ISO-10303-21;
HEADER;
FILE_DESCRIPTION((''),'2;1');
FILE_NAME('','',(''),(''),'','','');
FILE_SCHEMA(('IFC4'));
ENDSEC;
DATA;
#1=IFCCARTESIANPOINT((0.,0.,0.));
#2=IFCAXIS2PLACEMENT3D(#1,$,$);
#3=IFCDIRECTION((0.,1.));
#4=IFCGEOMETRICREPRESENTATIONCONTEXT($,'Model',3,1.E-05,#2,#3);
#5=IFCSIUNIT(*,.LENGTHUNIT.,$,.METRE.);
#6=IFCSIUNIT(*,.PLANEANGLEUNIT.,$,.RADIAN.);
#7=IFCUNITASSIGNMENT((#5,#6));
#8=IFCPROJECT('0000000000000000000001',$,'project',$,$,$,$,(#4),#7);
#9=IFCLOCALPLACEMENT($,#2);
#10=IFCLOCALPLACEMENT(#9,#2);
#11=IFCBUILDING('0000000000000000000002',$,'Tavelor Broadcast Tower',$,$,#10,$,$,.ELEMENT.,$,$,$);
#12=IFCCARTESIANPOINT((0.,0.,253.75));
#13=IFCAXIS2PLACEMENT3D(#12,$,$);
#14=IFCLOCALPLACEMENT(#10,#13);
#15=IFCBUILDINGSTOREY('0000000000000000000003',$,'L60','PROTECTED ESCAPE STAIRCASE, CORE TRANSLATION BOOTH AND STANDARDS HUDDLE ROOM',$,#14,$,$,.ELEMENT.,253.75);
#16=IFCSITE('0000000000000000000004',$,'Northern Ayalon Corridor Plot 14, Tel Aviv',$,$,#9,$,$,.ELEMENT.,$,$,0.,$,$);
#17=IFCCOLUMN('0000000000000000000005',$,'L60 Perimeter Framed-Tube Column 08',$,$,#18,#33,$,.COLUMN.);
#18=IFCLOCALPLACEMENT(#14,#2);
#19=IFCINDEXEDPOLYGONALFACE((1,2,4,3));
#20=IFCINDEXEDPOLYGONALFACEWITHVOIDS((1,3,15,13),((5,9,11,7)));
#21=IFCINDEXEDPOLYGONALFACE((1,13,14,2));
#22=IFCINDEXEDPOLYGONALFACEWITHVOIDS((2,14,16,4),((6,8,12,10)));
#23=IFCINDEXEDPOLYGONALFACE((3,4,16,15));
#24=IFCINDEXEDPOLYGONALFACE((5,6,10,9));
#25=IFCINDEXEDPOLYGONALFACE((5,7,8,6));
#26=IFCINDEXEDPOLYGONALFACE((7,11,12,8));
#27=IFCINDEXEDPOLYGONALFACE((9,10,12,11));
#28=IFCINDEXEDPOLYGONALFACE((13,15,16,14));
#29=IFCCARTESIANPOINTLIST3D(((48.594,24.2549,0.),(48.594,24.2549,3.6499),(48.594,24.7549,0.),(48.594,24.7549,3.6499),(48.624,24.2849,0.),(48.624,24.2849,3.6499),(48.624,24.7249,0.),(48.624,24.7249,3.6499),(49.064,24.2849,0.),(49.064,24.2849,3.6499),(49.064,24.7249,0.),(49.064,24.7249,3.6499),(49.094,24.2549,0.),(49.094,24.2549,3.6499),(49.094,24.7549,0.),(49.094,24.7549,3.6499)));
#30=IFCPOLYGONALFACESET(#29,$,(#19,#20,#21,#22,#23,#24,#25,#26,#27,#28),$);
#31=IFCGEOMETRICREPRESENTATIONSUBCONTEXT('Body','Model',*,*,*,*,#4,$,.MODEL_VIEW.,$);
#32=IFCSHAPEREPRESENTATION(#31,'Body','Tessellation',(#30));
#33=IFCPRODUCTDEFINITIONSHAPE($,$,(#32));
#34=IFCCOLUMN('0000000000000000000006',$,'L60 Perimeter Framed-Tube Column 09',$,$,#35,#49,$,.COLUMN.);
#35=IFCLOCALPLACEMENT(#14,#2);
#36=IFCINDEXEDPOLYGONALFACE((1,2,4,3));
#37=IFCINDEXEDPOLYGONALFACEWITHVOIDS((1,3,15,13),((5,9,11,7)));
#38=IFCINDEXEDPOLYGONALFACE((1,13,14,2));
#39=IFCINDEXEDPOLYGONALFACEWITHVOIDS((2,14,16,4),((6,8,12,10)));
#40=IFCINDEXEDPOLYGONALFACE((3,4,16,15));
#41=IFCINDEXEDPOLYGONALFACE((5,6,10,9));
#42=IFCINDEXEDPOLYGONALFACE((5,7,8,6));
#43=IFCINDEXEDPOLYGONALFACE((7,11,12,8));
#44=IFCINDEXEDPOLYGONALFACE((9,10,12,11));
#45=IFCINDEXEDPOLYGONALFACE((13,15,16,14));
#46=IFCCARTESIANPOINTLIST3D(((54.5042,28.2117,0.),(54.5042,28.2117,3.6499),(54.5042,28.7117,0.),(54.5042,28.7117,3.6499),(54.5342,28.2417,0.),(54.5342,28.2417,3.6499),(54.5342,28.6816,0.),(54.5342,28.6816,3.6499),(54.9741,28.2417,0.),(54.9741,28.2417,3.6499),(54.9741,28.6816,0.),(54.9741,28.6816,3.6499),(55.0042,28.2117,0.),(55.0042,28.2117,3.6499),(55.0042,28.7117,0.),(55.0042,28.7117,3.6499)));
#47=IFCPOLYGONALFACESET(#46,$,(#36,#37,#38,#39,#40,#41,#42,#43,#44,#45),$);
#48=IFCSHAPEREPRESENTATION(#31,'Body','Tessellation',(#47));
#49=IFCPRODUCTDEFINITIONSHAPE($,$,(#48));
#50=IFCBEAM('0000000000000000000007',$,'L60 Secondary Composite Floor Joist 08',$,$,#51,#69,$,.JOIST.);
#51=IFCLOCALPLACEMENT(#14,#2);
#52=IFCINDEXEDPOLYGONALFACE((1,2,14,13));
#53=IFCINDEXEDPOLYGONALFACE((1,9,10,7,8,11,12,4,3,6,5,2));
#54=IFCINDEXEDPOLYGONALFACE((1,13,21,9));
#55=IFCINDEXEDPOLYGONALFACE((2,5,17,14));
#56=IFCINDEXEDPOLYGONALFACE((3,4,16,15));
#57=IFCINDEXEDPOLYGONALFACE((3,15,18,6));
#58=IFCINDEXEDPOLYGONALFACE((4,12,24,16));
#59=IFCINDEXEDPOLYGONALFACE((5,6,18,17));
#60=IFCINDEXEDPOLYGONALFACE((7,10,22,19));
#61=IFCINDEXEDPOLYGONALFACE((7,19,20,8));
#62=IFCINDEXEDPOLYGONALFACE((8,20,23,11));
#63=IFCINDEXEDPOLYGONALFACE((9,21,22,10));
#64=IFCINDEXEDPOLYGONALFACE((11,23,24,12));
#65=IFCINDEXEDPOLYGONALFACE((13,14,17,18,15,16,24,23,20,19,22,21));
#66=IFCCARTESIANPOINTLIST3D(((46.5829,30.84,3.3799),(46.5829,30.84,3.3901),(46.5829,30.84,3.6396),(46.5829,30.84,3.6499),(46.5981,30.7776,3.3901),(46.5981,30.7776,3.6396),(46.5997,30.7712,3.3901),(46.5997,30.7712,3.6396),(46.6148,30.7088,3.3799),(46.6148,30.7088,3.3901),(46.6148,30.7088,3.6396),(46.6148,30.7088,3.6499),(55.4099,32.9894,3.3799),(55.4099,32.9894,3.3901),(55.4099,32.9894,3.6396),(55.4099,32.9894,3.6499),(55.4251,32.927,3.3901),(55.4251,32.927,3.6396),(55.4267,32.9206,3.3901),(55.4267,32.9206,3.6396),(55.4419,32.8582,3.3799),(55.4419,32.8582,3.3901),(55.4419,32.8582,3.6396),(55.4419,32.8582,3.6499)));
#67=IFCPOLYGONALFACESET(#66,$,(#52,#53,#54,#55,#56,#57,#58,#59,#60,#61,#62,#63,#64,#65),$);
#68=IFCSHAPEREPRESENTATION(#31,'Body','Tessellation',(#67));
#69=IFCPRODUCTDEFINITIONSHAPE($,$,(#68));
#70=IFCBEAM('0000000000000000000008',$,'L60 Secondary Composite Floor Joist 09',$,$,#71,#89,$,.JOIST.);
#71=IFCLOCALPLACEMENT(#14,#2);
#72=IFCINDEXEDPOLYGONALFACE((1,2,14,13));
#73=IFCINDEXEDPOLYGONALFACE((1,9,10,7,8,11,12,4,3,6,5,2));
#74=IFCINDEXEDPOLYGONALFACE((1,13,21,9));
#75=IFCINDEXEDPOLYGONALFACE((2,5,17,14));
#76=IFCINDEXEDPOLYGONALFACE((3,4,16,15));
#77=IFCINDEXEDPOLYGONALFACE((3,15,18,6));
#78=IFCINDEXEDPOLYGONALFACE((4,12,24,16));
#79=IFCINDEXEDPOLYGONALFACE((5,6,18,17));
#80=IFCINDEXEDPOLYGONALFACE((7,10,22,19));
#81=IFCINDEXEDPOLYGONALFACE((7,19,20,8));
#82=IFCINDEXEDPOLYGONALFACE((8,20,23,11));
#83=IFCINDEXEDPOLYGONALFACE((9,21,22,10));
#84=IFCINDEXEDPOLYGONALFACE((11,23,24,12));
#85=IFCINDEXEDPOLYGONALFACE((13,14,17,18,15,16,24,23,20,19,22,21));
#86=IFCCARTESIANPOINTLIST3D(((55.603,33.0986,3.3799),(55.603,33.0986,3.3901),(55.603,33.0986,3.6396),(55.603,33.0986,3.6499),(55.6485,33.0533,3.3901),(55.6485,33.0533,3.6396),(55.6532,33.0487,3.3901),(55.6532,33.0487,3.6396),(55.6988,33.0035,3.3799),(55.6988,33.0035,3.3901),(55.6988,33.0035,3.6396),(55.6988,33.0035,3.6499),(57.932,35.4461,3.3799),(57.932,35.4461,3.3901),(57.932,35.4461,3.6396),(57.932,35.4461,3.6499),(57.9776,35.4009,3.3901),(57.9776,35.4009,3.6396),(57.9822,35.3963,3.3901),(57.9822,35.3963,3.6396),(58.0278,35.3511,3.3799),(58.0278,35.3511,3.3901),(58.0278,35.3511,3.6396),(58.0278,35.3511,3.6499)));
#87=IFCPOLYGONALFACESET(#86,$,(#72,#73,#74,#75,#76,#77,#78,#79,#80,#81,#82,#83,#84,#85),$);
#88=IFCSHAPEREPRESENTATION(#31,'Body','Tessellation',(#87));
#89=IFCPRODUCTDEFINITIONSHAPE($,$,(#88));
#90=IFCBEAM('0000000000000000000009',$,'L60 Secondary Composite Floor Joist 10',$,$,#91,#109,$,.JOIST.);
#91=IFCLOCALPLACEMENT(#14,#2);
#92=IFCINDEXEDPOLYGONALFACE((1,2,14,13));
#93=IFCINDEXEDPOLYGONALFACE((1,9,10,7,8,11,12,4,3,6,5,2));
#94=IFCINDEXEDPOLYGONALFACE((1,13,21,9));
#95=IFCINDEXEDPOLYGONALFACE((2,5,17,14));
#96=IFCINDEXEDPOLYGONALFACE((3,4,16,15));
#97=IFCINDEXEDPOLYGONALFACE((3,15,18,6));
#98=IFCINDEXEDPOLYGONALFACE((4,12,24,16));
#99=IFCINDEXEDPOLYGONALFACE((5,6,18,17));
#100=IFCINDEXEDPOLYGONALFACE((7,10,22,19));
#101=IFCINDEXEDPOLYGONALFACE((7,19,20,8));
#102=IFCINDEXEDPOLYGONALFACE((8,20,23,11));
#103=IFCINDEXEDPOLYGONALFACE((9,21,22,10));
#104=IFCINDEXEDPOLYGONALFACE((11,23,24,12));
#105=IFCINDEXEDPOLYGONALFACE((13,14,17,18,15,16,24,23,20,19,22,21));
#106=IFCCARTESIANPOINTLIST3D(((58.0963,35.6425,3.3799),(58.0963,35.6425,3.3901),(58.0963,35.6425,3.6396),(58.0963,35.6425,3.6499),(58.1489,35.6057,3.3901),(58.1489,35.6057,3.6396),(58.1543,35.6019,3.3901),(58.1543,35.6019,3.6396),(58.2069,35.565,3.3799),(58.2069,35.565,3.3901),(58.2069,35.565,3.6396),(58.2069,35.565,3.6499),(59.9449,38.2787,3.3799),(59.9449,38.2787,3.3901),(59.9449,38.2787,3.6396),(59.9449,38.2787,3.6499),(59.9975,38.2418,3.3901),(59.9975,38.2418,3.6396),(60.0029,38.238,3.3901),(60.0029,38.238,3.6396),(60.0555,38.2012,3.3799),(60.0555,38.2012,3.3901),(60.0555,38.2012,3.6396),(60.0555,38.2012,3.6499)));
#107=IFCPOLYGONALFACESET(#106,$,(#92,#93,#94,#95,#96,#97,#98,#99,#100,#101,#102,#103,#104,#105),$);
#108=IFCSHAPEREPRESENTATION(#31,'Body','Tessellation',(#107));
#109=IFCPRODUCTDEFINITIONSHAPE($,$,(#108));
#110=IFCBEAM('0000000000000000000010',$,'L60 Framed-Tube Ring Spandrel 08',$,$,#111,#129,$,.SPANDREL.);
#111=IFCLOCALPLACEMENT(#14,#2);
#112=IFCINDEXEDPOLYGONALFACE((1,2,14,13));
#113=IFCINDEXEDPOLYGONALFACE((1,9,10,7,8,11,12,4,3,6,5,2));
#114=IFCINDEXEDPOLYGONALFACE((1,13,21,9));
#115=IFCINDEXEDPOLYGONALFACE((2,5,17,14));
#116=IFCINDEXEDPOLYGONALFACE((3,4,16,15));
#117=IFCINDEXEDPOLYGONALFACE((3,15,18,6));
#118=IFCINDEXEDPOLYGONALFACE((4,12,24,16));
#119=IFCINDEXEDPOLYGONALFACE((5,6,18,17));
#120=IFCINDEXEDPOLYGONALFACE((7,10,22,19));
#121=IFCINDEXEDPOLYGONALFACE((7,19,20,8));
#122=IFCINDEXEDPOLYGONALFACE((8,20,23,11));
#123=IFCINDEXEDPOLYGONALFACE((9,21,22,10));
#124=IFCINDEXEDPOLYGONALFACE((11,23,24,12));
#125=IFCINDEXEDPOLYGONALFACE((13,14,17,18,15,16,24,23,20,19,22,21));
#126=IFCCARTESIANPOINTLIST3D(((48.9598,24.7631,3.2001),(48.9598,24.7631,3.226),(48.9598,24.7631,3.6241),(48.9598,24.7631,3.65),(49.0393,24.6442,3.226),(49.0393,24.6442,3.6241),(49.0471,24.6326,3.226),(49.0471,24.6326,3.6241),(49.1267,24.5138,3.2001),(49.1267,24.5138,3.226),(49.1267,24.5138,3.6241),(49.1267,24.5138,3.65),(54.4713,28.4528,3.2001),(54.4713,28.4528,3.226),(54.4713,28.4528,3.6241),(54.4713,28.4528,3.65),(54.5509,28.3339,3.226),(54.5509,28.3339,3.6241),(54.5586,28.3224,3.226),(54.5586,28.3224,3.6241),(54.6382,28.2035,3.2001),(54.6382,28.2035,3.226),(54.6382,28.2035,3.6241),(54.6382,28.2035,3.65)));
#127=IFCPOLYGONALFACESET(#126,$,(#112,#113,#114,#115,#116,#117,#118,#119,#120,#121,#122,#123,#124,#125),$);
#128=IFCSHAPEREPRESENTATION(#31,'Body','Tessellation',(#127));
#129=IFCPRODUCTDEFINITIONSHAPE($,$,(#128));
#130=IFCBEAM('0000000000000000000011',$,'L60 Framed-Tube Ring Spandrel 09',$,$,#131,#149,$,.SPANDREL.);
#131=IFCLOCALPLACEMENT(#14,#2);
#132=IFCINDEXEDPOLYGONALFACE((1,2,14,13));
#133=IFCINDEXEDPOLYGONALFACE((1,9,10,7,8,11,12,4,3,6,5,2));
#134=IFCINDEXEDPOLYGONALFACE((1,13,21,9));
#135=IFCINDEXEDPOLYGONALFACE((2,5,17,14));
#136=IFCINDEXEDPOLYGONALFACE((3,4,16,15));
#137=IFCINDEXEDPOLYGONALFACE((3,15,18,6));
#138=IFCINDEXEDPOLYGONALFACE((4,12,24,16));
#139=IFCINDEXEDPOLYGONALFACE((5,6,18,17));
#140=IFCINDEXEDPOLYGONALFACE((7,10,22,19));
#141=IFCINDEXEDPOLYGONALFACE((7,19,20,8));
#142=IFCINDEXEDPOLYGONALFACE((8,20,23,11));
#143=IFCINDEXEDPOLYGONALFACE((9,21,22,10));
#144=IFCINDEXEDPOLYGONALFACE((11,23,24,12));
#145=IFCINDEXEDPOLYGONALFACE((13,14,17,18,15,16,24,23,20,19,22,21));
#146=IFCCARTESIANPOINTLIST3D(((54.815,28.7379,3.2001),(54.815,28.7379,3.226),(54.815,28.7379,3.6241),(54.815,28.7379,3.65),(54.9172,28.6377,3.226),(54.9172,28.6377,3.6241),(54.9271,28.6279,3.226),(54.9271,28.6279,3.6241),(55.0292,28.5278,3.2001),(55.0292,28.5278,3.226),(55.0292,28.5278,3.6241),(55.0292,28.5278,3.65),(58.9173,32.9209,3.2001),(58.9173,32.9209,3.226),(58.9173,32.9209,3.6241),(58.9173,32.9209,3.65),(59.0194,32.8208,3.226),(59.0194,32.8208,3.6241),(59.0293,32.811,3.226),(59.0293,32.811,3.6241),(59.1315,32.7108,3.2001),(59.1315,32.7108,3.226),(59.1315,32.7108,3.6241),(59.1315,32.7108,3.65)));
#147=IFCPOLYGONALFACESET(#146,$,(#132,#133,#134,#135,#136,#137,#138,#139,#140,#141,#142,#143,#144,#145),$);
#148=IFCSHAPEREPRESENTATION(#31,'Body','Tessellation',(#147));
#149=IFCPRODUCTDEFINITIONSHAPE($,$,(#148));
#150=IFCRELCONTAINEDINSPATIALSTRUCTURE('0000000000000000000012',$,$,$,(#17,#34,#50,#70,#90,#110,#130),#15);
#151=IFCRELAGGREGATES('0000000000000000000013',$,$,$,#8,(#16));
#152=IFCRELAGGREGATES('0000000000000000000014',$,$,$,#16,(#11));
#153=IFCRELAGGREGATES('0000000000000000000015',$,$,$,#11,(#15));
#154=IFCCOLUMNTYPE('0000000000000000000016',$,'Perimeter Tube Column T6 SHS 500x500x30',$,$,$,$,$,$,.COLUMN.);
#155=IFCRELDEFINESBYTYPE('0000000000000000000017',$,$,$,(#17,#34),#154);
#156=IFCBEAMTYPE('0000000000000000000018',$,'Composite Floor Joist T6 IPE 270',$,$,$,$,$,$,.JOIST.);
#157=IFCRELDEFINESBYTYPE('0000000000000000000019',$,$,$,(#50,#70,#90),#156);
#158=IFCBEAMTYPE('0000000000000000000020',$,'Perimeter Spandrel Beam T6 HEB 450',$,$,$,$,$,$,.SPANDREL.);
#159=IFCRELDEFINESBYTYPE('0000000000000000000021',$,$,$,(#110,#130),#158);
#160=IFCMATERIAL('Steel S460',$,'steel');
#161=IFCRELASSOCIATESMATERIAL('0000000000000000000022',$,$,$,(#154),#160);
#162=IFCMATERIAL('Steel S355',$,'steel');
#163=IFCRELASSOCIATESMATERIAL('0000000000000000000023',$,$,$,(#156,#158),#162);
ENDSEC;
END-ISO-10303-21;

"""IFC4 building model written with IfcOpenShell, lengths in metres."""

from ifc_helpers import new_model, si_unit, direction, frame, origin, origin_2d, place, context, subcontext, project, spatial, hollow_rectangle, i_section, extrude, material, material_profile, profile_set, type_object, element, save


model = new_model("IFC4")

# Units and contexts
model_context = context("Model", 3, precision=1e-05, world=origin(), true_north=direction((0.0, 1.0)))
body_context = subcontext(model_context, "Body", "Model", "MODEL_VIEW")
ifc_project = project(units=[si_unit("LENGTHUNIT", "METRE"), si_unit("PLANEANGLEUNIT", "RADIAN")], contexts=[model_context])

# Site, building, storey
site_placement = place(None, origin())
site = spatial("IfcSite", under=ifc_project, at=site_placement, Name="Northern Ayalon Corridor Plot 14, Tel Aviv", CompositionType="ELEMENT", RefElevation=0.0)
building_placement = place(site_placement, origin())
building = spatial("IfcBuilding", under=site, at=building_placement, Name="Tavelor Broadcast Tower", CompositionType="ELEMENT")
storey_placement = place(building_placement, frame((0.0, 0.0, 253.75)))
storey = spatial("IfcBuildingStorey", under=building, at=storey_placement, Name="L60", Description="PROTECTED ESCAPE STAIRCASE, CORE TRANSLATION BOOTH AND STANDARDS HUDDLE ROOM", CompositionType="ELEMENT", Elevation=253.75)

# Columns
ifc_material_1 = material(Name="Steel S460", Category="steel")
ifc_material_profile_1 = material_profile(ifc_material_1, hollow_rectangle(XDim=0.5, YDim=0.5, WallThickness=0.03, at=origin_2d()), Name="SHS 500x500x30")
ifc_profile_set_1 = profile_set([ifc_material_profile_1], Name="Steel S460")
column_type = type_object("IfcColumnType", Name="Perimeter Tube Column T6 SHS 500x500x30", PredefinedType="COLUMN", material=ifc_profile_set_1)
for number, where, z_axis, x_axis, name in (
    (1, (48.844, 24.5049, 0.0), (0.0, 0.0, 1.0), (1.0, 0.0, 0.0), "L60 Perimeter Framed-Tube Column 08"),
    (2, (54.7542, 28.4617, 0.0), (0.0, 0.0, 1.0), (1.0, 0.0, 0.0), "L60 Perimeter Framed-Tube Column 09"),
):
    element("IfcColumn", number, at=place(storey_placement, frame(where, z_axis=z_axis, x_axis=x_axis)), inside=storey, type_object=column_type, Name=name, PredefinedType="COLUMN", context=body_context, shape_type="SweptSolid", body=[
        extrude(hollow_rectangle(XDim=0.5, YDim=0.5, WallThickness=0.03, at=origin_2d()), origin(), (0.0, 0.0, 1.0), 3.6499),
    ])

# Beams
ifc_material_2 = material(Name="Steel S355", Category="steel")
ifc_material_profile_2 = material_profile(ifc_material_2, i_section(OverallWidth=0.135, OverallDepth=0.27, WebThickness=0.0066, FlangeThickness=0.0103, at=origin_2d()), Name="IPE 270")
ifc_profile_set_2 = profile_set([ifc_material_profile_2], Name="Steel S355")
beam_type_1 = type_object("IfcBeamType", Name="Composite Floor Joist T6 IPE 270", PredefinedType="JOIST", material=ifc_profile_set_2)
beam_1_placement = place(storey_placement, frame((46.5989, 30.7744, 3.5149), z_axis=(0.97161, 0.236587, 0.0), x_axis=(-0.236587, 0.97161, 0.0)))
element("IfcBeam", 3, at=beam_1_placement, inside=storey, type_object=beam_type_1, Name="L60 Secondary Composite Floor Joist 08", PredefinedType="JOIST", context=body_context, shape_type="SweptSolid", body=[
    extrude(i_section(OverallWidth=0.135, OverallDepth=0.27, WebThickness=0.0066, FlangeThickness=0.0103, at=origin_2d()), origin(), (0.0, 0.0, 1.0), 9.085),
])
beam_2_placement = place(storey_placement, frame((55.6509, 33.051, 3.5149), z_axis=(0.704296, 0.709907, 0.0), x_axis=(-0.709907, 0.704296, 0.0)))
element("IfcBeam", 4, at=beam_2_placement, inside=storey, type_object=beam_type_1, Name="L60 Secondary Composite Floor Joist 09", PredefinedType="JOIST", context=body_context, shape_type="SweptSolid", body=[
    extrude(i_section(OverallWidth=0.135, OverallDepth=0.27, WebThickness=0.0066, FlangeThickness=0.0103, at=origin_2d()), origin(), (0.0, 0.0, 1.0), 3.3069),
])
beam_3_placement = place(storey_placement, frame((58.1516, 35.6038, 3.5149), z_axis=(0.574144, 0.818754, 0.0), x_axis=(-0.818754, 0.574144, 0.0)))
element("IfcBeam", 5, at=beam_3_placement, inside=storey, type_object=beam_type_1, Name="L60 Secondary Composite Floor Joist 10", PredefinedType="JOIST", context=body_context, shape_type="SweptSolid", body=[
    extrude(i_section(OverallWidth=0.135, OverallDepth=0.27, WebThickness=0.0066, FlangeThickness=0.0103, at=origin_2d()), origin(), (0.0, 0.0, 1.0), 3.2197),
])
ifc_material_profile_3 = material_profile(ifc_material_2, i_section(OverallWidth=0.3, OverallDepth=0.45, WebThickness=0.0139, FlangeThickness=0.0259, at=origin_2d()), Name="HEB 450")
ifc_profile_set_3 = profile_set([ifc_material_profile_3], Name="Steel S355")
beam_type_2 = type_object("IfcBeamType", Name="Perimeter Spandrel Beam T6 HEB 450", PredefinedType="SPANDREL", material=ifc_profile_set_3)
beam_4_placement = place(storey_placement, frame((49.0432, 24.6384, 3.425), z_axis=(0.830978, 0.556305, 0.0), x_axis=(-0.556305, 0.830978, 0.0)))
element("IfcBeam", 6, at=beam_4_placement, inside=storey, type_object=beam_type_2, Name="L60 Framed-Tube Ring Spandrel 08", PredefinedType="SPANDREL", context=body_context, shape_type="SweptSolid", body=[
    extrude(i_section(OverallWidth=0.3, OverallDepth=0.45, WebThickness=0.0139, FlangeThickness=0.0259, at=origin_2d()), origin(), (0.0, 0.0, 1.0), 6.6326),
])
beam_5_placement = place(storey_placement, frame((54.9221, 28.6328, 3.425), z_axis=(0.700177, 0.713969, 0.0), x_axis=(-0.713969, 0.700177, 0.0)))
element("IfcBeam", 7, at=beam_5_placement, inside=storey, type_object=beam_type_2, Name="L60 Framed-Tube Ring Spandrel 09", PredefinedType="SPANDREL", context=body_context, shape_type="SweptSolid", body=[
    extrude(i_section(OverallWidth=0.3, OverallDepth=0.45, WebThickness=0.0139, FlangeThickness=0.0259, at=origin_2d()), origin(), (0.0, 0.0, 1.0), 5.8589),
])

save(model, "model.ifc")
